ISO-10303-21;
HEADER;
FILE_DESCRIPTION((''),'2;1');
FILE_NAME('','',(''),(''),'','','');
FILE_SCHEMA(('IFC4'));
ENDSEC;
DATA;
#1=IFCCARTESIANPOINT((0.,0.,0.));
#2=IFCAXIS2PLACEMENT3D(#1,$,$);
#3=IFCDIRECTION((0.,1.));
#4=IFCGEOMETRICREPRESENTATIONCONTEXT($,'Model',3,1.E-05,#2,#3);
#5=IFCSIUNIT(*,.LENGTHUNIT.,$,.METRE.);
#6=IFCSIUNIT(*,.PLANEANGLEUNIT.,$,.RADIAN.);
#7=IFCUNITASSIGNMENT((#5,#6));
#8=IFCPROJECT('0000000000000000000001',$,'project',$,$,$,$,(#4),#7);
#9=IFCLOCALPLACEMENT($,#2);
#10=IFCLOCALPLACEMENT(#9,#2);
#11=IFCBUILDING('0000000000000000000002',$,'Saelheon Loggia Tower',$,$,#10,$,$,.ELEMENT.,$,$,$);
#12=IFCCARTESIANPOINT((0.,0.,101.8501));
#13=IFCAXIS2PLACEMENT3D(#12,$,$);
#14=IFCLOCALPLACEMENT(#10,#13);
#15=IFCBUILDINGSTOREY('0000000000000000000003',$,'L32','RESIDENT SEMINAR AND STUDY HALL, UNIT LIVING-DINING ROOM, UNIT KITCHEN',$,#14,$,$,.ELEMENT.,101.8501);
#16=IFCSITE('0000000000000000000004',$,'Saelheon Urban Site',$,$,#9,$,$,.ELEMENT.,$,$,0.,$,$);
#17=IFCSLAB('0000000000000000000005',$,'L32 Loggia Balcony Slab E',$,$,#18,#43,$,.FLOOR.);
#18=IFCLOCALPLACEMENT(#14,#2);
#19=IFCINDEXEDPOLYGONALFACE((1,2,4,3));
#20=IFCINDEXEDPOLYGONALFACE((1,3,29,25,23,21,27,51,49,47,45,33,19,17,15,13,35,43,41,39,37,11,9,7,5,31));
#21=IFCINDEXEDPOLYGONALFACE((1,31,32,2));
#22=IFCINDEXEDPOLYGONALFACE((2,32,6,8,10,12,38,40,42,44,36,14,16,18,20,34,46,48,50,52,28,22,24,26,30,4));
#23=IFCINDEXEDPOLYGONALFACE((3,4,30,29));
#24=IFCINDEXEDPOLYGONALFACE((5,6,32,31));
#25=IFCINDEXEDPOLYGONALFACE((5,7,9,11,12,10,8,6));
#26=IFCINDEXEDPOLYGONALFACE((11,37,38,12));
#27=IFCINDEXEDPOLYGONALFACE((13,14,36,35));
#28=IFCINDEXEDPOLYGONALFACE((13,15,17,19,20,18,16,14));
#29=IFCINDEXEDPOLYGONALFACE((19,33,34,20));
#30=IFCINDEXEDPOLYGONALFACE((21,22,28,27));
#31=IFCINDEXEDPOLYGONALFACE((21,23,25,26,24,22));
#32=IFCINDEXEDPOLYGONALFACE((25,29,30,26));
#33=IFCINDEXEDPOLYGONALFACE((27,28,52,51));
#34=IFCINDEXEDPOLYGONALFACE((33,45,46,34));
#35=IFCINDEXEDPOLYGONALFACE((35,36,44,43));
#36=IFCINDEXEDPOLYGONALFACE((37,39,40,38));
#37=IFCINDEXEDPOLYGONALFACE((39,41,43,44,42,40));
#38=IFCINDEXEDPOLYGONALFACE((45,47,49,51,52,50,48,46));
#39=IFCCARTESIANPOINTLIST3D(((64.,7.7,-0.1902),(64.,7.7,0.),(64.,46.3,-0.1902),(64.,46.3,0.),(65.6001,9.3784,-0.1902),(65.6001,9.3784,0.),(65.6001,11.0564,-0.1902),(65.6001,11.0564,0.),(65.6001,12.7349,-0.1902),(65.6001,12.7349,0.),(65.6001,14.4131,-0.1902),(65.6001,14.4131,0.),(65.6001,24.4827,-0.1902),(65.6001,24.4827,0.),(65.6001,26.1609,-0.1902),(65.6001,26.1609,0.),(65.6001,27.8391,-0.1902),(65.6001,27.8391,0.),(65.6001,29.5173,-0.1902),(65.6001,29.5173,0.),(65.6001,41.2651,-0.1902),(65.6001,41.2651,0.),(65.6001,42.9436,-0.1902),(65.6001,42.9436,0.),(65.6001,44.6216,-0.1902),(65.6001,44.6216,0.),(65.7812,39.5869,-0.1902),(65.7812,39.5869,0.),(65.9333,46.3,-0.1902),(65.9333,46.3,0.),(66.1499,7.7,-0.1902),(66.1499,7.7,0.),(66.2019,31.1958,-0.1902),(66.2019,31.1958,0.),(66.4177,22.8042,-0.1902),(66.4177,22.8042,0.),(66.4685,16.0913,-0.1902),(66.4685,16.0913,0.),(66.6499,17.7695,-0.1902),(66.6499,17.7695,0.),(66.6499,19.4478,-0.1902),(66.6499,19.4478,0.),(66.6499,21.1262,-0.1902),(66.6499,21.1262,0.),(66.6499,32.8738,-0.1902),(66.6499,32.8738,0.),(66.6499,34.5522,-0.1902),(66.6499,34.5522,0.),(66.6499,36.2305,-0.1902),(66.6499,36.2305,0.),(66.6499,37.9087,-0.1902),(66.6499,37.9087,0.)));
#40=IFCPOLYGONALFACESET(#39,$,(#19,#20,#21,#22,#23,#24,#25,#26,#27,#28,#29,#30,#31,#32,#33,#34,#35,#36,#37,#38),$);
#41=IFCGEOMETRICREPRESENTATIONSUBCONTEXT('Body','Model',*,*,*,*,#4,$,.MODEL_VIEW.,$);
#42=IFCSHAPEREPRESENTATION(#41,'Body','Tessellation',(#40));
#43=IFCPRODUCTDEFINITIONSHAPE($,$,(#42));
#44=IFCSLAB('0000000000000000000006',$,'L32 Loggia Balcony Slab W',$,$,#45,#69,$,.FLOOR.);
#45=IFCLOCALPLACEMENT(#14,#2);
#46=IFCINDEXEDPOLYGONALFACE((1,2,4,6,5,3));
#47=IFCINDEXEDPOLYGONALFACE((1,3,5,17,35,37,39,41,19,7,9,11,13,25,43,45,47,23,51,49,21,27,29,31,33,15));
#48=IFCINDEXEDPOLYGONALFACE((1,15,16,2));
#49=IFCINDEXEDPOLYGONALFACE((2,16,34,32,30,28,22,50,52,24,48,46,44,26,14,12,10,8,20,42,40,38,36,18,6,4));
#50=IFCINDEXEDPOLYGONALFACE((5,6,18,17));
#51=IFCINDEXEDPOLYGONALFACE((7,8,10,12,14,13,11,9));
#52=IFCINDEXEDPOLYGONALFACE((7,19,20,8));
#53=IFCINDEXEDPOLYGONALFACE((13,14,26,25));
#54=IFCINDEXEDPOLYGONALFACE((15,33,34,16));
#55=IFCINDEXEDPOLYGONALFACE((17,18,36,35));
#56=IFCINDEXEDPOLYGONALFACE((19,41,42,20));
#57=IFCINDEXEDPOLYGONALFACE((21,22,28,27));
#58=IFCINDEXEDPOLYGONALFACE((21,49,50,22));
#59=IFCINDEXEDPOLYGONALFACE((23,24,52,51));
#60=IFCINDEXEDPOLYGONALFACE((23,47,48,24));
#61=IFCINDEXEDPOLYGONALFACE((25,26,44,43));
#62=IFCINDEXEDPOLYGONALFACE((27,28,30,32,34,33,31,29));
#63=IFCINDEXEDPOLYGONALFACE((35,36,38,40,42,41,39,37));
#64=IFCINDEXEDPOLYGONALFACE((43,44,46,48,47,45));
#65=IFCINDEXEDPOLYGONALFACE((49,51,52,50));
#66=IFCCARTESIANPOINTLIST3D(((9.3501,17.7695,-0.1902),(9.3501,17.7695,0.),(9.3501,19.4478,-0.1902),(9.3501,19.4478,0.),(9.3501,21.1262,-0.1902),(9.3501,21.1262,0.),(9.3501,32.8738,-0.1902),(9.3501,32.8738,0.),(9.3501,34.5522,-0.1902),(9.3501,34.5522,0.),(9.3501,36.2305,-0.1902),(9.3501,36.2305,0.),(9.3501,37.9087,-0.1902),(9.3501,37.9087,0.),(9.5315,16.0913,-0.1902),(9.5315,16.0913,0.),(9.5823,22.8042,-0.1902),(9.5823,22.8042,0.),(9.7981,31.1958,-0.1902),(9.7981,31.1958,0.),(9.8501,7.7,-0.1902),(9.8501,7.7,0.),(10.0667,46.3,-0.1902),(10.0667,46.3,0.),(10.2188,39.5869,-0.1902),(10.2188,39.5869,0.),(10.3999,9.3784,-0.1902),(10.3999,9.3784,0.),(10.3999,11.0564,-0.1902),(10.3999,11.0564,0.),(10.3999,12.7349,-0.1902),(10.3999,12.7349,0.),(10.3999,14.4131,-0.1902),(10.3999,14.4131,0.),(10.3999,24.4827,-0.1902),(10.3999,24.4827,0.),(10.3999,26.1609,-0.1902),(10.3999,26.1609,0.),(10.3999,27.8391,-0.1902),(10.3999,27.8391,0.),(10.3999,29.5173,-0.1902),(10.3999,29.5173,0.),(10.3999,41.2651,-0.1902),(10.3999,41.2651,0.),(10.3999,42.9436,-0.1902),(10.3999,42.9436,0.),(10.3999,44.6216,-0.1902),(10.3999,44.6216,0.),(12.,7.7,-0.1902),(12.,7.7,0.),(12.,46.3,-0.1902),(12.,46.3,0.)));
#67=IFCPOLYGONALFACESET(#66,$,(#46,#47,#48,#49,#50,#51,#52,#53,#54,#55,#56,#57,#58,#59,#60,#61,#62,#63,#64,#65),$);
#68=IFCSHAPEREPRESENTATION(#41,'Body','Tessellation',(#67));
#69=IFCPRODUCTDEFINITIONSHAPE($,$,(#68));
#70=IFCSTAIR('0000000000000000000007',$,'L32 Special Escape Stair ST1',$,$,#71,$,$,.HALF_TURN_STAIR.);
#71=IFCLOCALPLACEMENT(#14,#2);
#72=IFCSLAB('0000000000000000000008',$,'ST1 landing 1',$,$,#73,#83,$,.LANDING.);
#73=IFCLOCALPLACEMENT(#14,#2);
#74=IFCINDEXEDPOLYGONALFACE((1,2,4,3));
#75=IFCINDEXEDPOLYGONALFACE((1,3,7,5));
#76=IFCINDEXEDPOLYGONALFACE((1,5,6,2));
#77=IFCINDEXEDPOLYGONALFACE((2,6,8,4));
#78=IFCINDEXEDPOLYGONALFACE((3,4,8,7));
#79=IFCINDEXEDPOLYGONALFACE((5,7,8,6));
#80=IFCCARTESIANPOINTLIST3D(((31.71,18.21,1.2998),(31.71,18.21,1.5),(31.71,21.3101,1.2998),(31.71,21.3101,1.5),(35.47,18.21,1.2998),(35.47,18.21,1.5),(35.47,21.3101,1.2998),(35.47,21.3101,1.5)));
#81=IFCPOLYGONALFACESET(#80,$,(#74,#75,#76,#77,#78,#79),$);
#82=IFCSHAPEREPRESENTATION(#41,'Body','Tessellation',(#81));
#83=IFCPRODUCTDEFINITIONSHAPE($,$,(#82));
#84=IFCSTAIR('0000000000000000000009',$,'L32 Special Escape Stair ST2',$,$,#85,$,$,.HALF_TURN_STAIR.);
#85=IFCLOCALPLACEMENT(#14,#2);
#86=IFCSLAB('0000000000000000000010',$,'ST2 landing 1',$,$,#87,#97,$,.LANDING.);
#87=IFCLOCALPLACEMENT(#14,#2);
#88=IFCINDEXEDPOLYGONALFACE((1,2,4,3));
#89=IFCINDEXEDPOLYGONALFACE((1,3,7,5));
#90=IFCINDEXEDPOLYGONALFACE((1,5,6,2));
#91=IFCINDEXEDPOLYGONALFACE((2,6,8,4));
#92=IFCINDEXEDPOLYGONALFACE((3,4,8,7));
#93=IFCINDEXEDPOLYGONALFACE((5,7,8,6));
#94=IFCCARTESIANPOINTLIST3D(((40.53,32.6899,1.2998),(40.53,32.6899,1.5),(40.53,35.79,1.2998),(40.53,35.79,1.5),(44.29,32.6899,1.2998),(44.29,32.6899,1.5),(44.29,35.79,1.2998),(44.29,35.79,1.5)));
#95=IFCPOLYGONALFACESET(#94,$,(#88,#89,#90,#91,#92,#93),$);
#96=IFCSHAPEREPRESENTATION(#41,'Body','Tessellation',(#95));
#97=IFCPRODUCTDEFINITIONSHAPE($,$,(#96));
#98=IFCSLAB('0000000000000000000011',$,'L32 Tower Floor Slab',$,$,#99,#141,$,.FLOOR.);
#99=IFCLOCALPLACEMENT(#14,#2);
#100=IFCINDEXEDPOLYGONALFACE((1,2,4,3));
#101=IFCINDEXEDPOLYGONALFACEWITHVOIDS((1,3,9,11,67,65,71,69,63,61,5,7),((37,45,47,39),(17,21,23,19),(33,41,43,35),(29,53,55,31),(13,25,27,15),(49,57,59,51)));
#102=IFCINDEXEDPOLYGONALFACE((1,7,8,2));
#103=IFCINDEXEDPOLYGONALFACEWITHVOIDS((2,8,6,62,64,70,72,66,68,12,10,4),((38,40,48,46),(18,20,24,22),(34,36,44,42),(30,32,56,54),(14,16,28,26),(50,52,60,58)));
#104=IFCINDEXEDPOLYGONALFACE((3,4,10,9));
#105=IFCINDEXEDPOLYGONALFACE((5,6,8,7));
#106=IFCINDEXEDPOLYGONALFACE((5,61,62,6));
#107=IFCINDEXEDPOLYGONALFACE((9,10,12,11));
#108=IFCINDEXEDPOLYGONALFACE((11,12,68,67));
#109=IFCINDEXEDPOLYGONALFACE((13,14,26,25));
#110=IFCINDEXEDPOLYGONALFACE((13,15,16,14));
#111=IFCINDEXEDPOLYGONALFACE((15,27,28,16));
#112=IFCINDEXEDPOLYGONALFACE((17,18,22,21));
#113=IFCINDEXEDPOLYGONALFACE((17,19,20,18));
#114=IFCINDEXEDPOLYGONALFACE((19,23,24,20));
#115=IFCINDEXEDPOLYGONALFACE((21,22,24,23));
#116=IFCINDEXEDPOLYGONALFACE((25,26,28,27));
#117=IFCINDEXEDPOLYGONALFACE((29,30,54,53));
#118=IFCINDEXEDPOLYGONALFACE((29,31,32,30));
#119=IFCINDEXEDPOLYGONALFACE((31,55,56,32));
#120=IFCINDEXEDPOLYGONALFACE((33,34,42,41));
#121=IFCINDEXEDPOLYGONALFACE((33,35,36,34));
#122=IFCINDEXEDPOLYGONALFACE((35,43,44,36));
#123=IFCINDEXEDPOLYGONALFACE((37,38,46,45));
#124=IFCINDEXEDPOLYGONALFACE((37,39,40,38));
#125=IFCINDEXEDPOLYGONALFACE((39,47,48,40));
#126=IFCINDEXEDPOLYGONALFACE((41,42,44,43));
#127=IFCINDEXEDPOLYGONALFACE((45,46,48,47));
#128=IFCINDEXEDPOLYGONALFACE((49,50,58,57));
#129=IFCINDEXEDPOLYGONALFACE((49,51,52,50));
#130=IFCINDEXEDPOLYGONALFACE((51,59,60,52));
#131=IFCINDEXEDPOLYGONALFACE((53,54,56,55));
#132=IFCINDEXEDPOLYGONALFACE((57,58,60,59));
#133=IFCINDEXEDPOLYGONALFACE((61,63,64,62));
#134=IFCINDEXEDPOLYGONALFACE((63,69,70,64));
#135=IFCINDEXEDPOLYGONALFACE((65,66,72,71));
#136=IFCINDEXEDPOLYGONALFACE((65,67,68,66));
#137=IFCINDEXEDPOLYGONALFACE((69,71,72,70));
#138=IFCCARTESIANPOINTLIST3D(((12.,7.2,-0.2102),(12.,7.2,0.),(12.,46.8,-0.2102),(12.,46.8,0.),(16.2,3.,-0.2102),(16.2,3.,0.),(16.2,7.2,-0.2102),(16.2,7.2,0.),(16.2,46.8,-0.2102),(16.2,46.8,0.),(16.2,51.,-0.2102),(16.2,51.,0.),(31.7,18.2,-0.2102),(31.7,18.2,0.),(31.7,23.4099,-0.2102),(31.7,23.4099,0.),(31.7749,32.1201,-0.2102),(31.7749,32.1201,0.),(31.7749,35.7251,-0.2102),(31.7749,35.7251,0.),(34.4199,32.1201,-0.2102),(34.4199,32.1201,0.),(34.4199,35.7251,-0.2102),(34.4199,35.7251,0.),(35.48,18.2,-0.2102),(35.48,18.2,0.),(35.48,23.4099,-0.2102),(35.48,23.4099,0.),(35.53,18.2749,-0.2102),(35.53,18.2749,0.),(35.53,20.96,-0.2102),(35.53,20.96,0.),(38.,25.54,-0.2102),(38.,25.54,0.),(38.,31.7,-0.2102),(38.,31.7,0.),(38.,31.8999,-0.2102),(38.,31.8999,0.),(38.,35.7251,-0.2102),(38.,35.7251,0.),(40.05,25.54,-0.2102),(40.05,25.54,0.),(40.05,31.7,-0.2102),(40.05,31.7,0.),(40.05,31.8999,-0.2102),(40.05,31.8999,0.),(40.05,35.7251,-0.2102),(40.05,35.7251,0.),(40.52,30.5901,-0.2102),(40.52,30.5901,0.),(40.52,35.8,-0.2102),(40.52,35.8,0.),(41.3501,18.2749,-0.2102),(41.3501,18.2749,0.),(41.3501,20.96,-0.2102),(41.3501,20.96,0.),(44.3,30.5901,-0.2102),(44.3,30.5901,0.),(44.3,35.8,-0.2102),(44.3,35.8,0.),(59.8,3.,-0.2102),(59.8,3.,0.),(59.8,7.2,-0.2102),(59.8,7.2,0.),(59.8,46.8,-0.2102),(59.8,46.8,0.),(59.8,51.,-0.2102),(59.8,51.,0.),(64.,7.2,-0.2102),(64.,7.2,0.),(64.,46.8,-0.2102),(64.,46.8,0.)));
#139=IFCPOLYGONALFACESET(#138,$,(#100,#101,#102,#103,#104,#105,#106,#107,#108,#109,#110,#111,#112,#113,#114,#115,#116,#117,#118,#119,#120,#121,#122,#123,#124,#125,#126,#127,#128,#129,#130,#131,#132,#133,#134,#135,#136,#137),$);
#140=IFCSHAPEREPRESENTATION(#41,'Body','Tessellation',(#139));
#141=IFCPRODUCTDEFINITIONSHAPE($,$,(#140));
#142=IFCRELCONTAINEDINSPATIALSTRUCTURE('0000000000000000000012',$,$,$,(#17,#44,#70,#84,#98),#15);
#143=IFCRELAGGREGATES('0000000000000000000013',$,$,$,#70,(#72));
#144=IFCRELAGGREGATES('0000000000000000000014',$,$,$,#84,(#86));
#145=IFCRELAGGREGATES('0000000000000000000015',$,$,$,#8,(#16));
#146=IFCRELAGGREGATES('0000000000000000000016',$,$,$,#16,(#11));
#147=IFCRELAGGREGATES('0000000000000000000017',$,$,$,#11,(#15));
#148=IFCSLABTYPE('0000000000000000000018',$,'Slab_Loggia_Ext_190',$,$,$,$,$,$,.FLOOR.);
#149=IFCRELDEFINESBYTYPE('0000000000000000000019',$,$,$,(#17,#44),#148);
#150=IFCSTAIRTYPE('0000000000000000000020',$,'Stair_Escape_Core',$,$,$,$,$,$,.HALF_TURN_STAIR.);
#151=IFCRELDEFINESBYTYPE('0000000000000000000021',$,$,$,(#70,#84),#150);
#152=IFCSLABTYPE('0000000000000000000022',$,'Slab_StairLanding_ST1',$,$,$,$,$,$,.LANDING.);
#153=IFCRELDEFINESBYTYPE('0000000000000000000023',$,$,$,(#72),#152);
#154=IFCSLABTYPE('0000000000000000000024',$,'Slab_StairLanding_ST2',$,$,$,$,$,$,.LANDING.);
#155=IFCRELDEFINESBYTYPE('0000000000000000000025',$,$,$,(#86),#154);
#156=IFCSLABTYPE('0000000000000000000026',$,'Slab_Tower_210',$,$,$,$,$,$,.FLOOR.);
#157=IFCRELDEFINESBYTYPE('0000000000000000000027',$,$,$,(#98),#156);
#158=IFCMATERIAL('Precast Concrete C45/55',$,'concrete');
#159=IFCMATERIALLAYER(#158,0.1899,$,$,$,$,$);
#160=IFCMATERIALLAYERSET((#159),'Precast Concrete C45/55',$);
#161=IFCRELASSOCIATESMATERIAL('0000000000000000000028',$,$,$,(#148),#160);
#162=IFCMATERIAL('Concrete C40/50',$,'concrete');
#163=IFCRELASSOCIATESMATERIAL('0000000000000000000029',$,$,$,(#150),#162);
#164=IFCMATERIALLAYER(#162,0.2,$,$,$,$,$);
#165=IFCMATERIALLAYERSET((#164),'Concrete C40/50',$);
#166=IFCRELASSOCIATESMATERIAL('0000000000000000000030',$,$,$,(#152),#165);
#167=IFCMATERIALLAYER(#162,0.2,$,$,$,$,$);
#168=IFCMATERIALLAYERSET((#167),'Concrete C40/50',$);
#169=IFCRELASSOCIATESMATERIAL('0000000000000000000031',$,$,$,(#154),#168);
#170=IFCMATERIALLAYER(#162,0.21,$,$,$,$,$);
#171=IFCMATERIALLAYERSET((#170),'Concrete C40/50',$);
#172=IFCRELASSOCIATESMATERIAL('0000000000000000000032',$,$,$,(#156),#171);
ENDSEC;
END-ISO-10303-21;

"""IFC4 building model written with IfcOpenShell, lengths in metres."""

from ifc_helpers import new_model, si_unit, direction, frame, origin, place, context, subcontext, project, spatial, polyline, outline, extrude, material, layer, layer_set, type_object, element, aggregate, save


model = new_model("IFC4")

# Units and contexts
model_context = context("Model", 3, precision=1e-05, world=origin(), true_north=direction((0.0, 1.0)))
body_context = subcontext(model_context, "Body", "Model", "MODEL_VIEW")
ifc_project = project(units=[si_unit("LENGTHUNIT", "METRE"), si_unit("PLANEANGLEUNIT", "RADIAN")], contexts=[model_context])

# Site, building, storey
site_placement = place(None, origin())
site = spatial("IfcSite", under=ifc_project, at=site_placement, Name="Saelheon Urban Site", CompositionType="ELEMENT", RefElevation=0.0)
building_placement = place(site_placement, origin())
building = spatial("IfcBuilding", under=site, at=building_placement, Name="Saelheon Loggia Tower", CompositionType="ELEMENT")
storey_placement = place(building_placement, frame((0.0, 0.0, 101.8501)))
storey = spatial("IfcBuildingStorey", under=building, at=storey_placement, Name="L32", Description="RESIDENT SEMINAR AND STUDY HALL, UNIT LIVING-DINING ROOM, UNIT KITCHEN", CompositionType="ELEMENT", Elevation=101.8501)

# Shared definitions
ifc_material_1 = material(Name="Precast Concrete C45/55", Category="concrete")

# Shared definitions
ifc_material_2 = material(Name="Concrete C40/50", Category="concrete")

# Slabs
ifc_layer_1 = layer(ifc_material_1, 0.1899)
ifc_layer_set_1 = layer_set([ifc_layer_1], Name="Precast Concrete C45/55")
slab_type_1 = type_object("IfcSlabType", Name="Slab_Loggia_Ext_190", PredefinedType="FLOOR", material=ifc_layer_set_1)
slab_1_placement = place(storey_placement, frame((0.0, 0.0, -0.1902)))
element("IfcSlab", 1, at=slab_1_placement, inside=storey, type_object=slab_type_1, Name="L32 Loggia Balcony Slab E", PredefinedType="FLOOR", context=body_context, shape_type="SweptSolid", body=[
    extrude(outline(polyline([(64.0, 7.7), (66.1499, 7.7), (65.6001, 9.3784), (65.6001, 11.0564), (65.6001, 12.7349), (65.6001, 14.4131), (66.4685, 16.0913), (66.6499, 17.7695), (66.6499, 19.4478), (66.6499, 21.1262), (66.4177, 22.8042), (65.6001, 24.4827), (65.6001, 26.1609), (65.6001, 27.8391), (65.6001, 29.5173), (66.2019, 31.1958), (66.6499, 32.8738), (66.6499, 34.5522), (66.6499, 36.2305), (66.6499, 37.9087), (65.7812, 39.5869), (65.6001, 41.2651), (65.6001, 42.9436), (65.6001, 44.6216), (65.9333, 46.3), (64.0, 46.3), (64.0, 7.7)])), origin(), (0.0, 0.0, 1.0), 0.1902),
])
slab_2_placement = place(storey_placement, frame((0.0, 0.0, -0.1902)))
element("IfcSlab", 2, at=slab_2_placement, inside=storey, type_object=slab_type_1, Name="L32 Loggia Balcony Slab W", PredefinedType="FLOOR", context=body_context, shape_type="SweptSolid", body=[
    extrude(outline(polyline([(12.0, 7.7), (12.0, 46.3), (10.0667, 46.3), (10.3999, 44.6216), (10.3999, 42.9436), (10.3999, 41.2651), (10.2188, 39.5869), (9.3501, 37.9087), (9.3501, 36.2305), (9.3501, 34.5522), (9.3501, 32.8738), (9.7981, 31.1958), (10.3999, 29.5173), (10.3999, 27.8391), (10.3999, 26.1609), (10.3999, 24.4827), (9.5823, 22.8042), (9.3501, 21.1262), (9.3501, 19.4478), (9.3501, 17.7695), (9.5315, 16.0913), (10.3999, 14.4131), (10.3999, 12.7349), (10.3999, 11.0564), (10.3999, 9.3784), (9.8501, 7.7), (12.0, 7.7)])), origin(), (0.0, 0.0, 1.0), 0.1902),
])

# Stairs, slabs
stair_type = type_object("IfcStairType", Name="Stair_Escape_Core", PredefinedType="HALF_TURN_STAIR", material=ifc_material_2)
stair_1_placement = place(storey_placement, origin())
stair_1 = element("IfcStair", 3, at=stair_1_placement, inside=storey, type_object=stair_type, Name="L32 Special Escape Stair ST1", PredefinedType="HALF_TURN_STAIR")
ifc_layer_2 = layer(ifc_material_2, 0.2)
ifc_layer_set_2 = layer_set([ifc_layer_2], Name="Concrete C40/50")
slab_type_2 = type_object("IfcSlabType", Name="Slab_StairLanding_ST1", PredefinedType="LANDING", material=ifc_layer_set_2)
slab_3_placement = place(storey_placement, frame((0.0, 0.0, 1.2998)))
slab_3 = element("IfcSlab", 4, at=slab_3_placement, type_object=slab_type_2, Name="ST1 landing 1", PredefinedType="LANDING", context=body_context, shape_type="SweptSolid", body=[
    extrude(outline(polyline([(31.71, 21.3101), (31.71, 18.21), (35.47, 18.21), (35.47, 21.3101), (31.71, 21.3101)])), origin(), (0.0, 0.0, 1.0), 0.2002),
])
aggregate(stair_1, [slab_3])
stair_2_placement = place(storey_placement, origin())
stair_2 = element("IfcStair", 5, at=stair_2_placement, inside=storey, type_object=stair_type, Name="L32 Special Escape Stair ST2", PredefinedType="HALF_TURN_STAIR")
ifc_layer_3 = layer(ifc_material_2, 0.2)
ifc_layer_set_3 = layer_set([ifc_layer_3], Name="Concrete C40/50")
slab_type_3 = type_object("IfcSlabType", Name="Slab_StairLanding_ST2", PredefinedType="LANDING", material=ifc_layer_set_3)
slab_4_placement = place(storey_placement, frame((0.0, 0.0, 1.2998)))
slab_4 = element("IfcSlab", 6, at=slab_4_placement, type_object=slab_type_3, Name="ST2 landing 1", PredefinedType="LANDING", context=body_context, shape_type="SweptSolid", body=[
    extrude(outline(polyline([(44.29, 32.6899), (44.29, 35.79), (40.53, 35.79), (40.53, 32.6899), (44.29, 32.6899)])), origin(), (0.0, 0.0, 1.0), 0.2002),
])
aggregate(stair_2, [slab_4])

# Slab
ifc_layer_4 = layer(ifc_material_2, 0.21)
ifc_layer_set_4 = layer_set([ifc_layer_4], Name="Concrete C40/50")
slab_type_4 = type_object("IfcSlabType", Name="Slab_Tower_210", PredefinedType="FLOOR", material=ifc_layer_set_4)
slab_5_placement = place(storey_placement, frame((0.0, 0.0, -0.2102)))
element("IfcSlab", 7, at=slab_5_placement, inside=storey, type_object=slab_type_4, Name="L32 Tower Floor Slab", PredefinedType="FLOOR", context=body_context, shape_type="SweptSolid", body=[
    extrude(outline(polyline([(16.2, 3.0), (59.8, 3.0), (59.8, 7.2), (64.0, 7.2), (64.0, 46.8), (59.8, 46.8), (59.8, 51.0), (16.2, 51.0), (16.2, 46.8), (12.0, 46.8), (12.0, 7.2), (16.2, 7.2), (16.2, 3.0)]), holes=[polyline([(31.7, 23.4099), (31.7, 18.2), (35.48, 18.2), (35.48, 23.4099), (31.7, 23.4099)]), polyline([(44.3, 30.5901), (44.3, 35.8), (40.52, 35.8), (40.52, 30.5901), (44.3, 30.5901)]), polyline([(35.53, 18.2749), (41.3501, 18.2749), (41.3501, 20.96), (35.53, 20.96), (35.53, 18.2749)]), polyline([(31.7749, 32.1201), (34.4199, 32.1201), (34.4199, 35.7251), (31.7749, 35.7251), (31.7749, 32.1201)]), polyline([(38.0, 31.8999), (40.05, 31.8999), (40.05, 35.7251), (38.0, 35.7251), (38.0, 31.8999)]), polyline([(38.0, 25.54), (40.05, 25.54), (40.05, 31.7), (38.0, 31.7), (38.0, 25.54)])]), origin(), (0.0, 0.0, 1.0), 0.2102),
])

save(model, "model.ifc")
